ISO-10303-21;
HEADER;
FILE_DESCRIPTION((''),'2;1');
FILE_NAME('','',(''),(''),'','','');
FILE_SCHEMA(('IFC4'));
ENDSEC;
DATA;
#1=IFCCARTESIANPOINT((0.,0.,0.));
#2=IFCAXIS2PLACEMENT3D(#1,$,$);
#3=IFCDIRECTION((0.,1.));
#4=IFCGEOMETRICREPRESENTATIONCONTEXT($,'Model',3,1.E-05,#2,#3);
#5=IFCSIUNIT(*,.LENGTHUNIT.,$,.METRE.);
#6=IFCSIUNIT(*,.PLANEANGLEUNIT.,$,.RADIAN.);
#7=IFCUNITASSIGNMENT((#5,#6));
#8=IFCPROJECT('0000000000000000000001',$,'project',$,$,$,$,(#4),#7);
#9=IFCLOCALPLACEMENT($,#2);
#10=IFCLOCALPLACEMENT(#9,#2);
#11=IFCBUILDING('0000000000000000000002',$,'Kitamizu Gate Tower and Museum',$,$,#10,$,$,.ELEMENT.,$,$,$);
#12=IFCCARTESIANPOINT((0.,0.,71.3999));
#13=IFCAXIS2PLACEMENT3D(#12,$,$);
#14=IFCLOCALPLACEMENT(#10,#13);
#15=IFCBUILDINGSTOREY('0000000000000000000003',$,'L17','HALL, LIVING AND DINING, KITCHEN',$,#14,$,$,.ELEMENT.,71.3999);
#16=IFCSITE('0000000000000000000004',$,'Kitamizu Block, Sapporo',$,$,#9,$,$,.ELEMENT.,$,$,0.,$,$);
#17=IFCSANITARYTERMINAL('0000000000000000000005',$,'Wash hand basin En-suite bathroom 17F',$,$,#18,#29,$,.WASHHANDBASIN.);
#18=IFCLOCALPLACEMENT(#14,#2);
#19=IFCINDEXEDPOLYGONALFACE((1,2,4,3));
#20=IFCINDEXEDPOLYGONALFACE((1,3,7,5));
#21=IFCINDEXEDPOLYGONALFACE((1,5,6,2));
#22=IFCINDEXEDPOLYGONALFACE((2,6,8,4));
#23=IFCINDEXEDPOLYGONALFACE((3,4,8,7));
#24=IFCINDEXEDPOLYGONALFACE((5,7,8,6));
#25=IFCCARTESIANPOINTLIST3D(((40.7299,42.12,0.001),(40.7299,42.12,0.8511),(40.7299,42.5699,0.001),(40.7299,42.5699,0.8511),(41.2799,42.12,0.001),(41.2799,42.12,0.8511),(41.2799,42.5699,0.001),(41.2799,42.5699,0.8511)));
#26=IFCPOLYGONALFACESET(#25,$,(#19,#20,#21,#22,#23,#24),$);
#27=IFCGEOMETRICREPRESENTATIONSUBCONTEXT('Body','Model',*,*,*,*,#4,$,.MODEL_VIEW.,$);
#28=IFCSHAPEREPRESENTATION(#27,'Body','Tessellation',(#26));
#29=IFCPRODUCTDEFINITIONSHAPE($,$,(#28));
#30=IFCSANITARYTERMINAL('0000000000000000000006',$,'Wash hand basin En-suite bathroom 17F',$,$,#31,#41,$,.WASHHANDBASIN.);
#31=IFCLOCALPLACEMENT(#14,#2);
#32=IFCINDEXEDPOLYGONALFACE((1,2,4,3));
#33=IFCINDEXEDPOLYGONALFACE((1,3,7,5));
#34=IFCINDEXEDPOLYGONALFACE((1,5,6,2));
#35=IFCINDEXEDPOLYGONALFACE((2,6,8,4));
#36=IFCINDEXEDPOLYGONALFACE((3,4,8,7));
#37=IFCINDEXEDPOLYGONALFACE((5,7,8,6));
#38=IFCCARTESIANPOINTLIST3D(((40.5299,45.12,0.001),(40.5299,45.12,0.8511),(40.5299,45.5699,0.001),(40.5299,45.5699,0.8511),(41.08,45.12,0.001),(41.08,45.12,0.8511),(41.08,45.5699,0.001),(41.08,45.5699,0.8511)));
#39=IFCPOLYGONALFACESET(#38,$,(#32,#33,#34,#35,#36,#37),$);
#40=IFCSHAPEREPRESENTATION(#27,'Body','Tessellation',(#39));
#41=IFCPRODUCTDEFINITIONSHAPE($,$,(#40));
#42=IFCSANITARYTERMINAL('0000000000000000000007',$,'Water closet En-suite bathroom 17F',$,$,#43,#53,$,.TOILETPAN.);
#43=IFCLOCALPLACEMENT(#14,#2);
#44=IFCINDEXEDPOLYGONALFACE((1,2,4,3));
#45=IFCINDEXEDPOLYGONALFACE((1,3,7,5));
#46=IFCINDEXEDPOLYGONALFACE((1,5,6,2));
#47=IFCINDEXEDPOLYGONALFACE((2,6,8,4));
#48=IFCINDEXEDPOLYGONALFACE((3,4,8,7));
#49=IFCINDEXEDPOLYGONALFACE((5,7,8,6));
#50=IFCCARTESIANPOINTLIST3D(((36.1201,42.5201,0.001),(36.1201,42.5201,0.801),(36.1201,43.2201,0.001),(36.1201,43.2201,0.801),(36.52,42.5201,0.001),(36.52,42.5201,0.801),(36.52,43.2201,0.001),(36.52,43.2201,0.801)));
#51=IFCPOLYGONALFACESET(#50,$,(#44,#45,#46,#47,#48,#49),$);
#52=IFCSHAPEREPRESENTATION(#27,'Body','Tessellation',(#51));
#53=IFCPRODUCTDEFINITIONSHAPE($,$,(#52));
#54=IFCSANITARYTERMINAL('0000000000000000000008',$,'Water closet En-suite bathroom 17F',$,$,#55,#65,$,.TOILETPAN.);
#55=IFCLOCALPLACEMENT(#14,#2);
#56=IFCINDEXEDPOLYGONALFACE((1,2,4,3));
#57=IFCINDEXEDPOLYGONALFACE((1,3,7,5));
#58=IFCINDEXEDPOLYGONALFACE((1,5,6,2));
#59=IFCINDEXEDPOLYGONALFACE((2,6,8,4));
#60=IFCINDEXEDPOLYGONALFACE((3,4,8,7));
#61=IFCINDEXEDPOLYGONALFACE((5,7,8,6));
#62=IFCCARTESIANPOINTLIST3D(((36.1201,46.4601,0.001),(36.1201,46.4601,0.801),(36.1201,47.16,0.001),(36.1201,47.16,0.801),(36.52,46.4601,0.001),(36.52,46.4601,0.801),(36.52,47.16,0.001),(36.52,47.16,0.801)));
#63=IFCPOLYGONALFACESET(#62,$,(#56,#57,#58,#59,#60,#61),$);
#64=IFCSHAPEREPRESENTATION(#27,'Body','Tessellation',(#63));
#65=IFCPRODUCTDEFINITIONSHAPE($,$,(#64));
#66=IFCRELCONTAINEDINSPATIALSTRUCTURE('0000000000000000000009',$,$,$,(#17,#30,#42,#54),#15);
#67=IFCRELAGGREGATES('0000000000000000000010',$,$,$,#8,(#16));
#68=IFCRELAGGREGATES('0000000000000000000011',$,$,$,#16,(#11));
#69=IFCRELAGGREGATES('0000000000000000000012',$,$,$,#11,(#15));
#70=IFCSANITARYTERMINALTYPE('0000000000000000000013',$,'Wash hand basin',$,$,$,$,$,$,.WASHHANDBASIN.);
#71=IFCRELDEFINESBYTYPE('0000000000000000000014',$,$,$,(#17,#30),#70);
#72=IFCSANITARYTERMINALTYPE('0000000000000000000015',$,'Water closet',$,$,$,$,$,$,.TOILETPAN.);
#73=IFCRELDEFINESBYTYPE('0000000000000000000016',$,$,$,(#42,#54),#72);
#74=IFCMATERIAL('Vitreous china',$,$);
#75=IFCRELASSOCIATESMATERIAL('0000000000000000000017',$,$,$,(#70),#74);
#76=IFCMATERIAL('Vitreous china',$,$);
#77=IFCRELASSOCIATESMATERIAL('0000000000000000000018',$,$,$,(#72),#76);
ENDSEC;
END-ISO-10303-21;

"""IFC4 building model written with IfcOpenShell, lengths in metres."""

from ifc_helpers import new_model, si_unit, direction, frame, origin, origin_2d, place, context, subcontext, project, spatial, rectangle, extrude, material, type_object, element, save


model = new_model("IFC4")

# Units and contexts
model_context = context("Model", 3, precision=1e-05, world=origin(), true_north=direction((0.0, 1.0)))
body_context = subcontext(model_context, "Body", "Model", "MODEL_VIEW")
ifc_project = project(units=[si_unit("LENGTHUNIT", "METRE"), si_unit("PLANEANGLEUNIT", "RADIAN")], contexts=[model_context])

# Site, building, storey
site_placement = place(None, origin())
site = spatial("IfcSite", under=ifc_project, at=site_placement, Name="Kitamizu Block, Sapporo", CompositionType="ELEMENT", RefElevation=0.0)
building_placement = place(site_placement, origin())
building = spatial("IfcBuilding", under=site, at=building_placement, Name="Kitamizu Gate Tower and Museum", CompositionType="ELEMENT")
storey_placement = place(building_placement, frame((0.0, 0.0, 71.3999)))
storey = spatial("IfcBuildingStorey", under=building, at=storey_placement, Name="L17", Description="HALL, LIVING AND DINING, KITCHEN", CompositionType="ELEMENT", Elevation=71.3999)

# Sanitary terminals
ifc_material_1 = material(Name="Vitreous china")
sanitary_terminal_type_1 = type_object("IfcSanitaryTerminalType", Name="Wash hand basin", PredefinedType="WASHHANDBASIN", material=ifc_material_1)
for number, where, z_axis, x_axis, name in (
    (1, (41.0049, 42.345, 0.001), (0.0, 0.0, 1.0), (1.0, 0.0, 0.0), "Wash hand basin En-suite bathroom 17F"),
    (2, (40.8049, 45.345, 0.001), (0.0, 0.0, 1.0), (1.0, 0.0, 0.0), "Wash hand basin En-suite bathroom 17F"),
):
    element("IfcSanitaryTerminal", number, at=place(storey_placement, frame(where, z_axis=z_axis, x_axis=x_axis)), inside=storey, type_object=sanitary_terminal_type_1, Name=name, PredefinedType="WASHHANDBASIN", context=body_context, shape_type="SweptSolid", body=[
        extrude(rectangle(XDim=0.55, YDim=0.45, at=origin_2d()), origin(), (0.0, 0.0, 1.0), 0.8501),
    ])
ifc_material_2 = material(Name="Vitreous china")
sanitary_terminal_type_2 = type_object("IfcSanitaryTerminalType", Name="Water closet", PredefinedType="TOILETPAN", material=ifc_material_2)
for number, where, z_axis, x_axis, name in (
    (3, (36.3201, 42.8701, 0.001), (0.0, 0.0, 1.0), (1.0, 0.0, 0.0), "Water closet En-suite bathroom 17F"),
    (4, (36.3201, 46.8101, 0.001), (0.0, 0.0, 1.0), (1.0, 0.0, 0.0), "Water closet En-suite bathroom 17F"),
):
    element("IfcSanitaryTerminal", number, at=place(storey_placement, frame(where, z_axis=z_axis, x_axis=x_axis)), inside=storey, type_object=sanitary_terminal_type_2, Name=name, PredefinedType="TOILETPAN", context=body_context, shape_type="SweptSolid", body=[
        extrude(rectangle(XDim=0.3999, YDim=0.7, at=origin_2d()), origin(), (0.0, 0.0, 1.0), 0.8),
    ])

save(model, "model.ifc")
